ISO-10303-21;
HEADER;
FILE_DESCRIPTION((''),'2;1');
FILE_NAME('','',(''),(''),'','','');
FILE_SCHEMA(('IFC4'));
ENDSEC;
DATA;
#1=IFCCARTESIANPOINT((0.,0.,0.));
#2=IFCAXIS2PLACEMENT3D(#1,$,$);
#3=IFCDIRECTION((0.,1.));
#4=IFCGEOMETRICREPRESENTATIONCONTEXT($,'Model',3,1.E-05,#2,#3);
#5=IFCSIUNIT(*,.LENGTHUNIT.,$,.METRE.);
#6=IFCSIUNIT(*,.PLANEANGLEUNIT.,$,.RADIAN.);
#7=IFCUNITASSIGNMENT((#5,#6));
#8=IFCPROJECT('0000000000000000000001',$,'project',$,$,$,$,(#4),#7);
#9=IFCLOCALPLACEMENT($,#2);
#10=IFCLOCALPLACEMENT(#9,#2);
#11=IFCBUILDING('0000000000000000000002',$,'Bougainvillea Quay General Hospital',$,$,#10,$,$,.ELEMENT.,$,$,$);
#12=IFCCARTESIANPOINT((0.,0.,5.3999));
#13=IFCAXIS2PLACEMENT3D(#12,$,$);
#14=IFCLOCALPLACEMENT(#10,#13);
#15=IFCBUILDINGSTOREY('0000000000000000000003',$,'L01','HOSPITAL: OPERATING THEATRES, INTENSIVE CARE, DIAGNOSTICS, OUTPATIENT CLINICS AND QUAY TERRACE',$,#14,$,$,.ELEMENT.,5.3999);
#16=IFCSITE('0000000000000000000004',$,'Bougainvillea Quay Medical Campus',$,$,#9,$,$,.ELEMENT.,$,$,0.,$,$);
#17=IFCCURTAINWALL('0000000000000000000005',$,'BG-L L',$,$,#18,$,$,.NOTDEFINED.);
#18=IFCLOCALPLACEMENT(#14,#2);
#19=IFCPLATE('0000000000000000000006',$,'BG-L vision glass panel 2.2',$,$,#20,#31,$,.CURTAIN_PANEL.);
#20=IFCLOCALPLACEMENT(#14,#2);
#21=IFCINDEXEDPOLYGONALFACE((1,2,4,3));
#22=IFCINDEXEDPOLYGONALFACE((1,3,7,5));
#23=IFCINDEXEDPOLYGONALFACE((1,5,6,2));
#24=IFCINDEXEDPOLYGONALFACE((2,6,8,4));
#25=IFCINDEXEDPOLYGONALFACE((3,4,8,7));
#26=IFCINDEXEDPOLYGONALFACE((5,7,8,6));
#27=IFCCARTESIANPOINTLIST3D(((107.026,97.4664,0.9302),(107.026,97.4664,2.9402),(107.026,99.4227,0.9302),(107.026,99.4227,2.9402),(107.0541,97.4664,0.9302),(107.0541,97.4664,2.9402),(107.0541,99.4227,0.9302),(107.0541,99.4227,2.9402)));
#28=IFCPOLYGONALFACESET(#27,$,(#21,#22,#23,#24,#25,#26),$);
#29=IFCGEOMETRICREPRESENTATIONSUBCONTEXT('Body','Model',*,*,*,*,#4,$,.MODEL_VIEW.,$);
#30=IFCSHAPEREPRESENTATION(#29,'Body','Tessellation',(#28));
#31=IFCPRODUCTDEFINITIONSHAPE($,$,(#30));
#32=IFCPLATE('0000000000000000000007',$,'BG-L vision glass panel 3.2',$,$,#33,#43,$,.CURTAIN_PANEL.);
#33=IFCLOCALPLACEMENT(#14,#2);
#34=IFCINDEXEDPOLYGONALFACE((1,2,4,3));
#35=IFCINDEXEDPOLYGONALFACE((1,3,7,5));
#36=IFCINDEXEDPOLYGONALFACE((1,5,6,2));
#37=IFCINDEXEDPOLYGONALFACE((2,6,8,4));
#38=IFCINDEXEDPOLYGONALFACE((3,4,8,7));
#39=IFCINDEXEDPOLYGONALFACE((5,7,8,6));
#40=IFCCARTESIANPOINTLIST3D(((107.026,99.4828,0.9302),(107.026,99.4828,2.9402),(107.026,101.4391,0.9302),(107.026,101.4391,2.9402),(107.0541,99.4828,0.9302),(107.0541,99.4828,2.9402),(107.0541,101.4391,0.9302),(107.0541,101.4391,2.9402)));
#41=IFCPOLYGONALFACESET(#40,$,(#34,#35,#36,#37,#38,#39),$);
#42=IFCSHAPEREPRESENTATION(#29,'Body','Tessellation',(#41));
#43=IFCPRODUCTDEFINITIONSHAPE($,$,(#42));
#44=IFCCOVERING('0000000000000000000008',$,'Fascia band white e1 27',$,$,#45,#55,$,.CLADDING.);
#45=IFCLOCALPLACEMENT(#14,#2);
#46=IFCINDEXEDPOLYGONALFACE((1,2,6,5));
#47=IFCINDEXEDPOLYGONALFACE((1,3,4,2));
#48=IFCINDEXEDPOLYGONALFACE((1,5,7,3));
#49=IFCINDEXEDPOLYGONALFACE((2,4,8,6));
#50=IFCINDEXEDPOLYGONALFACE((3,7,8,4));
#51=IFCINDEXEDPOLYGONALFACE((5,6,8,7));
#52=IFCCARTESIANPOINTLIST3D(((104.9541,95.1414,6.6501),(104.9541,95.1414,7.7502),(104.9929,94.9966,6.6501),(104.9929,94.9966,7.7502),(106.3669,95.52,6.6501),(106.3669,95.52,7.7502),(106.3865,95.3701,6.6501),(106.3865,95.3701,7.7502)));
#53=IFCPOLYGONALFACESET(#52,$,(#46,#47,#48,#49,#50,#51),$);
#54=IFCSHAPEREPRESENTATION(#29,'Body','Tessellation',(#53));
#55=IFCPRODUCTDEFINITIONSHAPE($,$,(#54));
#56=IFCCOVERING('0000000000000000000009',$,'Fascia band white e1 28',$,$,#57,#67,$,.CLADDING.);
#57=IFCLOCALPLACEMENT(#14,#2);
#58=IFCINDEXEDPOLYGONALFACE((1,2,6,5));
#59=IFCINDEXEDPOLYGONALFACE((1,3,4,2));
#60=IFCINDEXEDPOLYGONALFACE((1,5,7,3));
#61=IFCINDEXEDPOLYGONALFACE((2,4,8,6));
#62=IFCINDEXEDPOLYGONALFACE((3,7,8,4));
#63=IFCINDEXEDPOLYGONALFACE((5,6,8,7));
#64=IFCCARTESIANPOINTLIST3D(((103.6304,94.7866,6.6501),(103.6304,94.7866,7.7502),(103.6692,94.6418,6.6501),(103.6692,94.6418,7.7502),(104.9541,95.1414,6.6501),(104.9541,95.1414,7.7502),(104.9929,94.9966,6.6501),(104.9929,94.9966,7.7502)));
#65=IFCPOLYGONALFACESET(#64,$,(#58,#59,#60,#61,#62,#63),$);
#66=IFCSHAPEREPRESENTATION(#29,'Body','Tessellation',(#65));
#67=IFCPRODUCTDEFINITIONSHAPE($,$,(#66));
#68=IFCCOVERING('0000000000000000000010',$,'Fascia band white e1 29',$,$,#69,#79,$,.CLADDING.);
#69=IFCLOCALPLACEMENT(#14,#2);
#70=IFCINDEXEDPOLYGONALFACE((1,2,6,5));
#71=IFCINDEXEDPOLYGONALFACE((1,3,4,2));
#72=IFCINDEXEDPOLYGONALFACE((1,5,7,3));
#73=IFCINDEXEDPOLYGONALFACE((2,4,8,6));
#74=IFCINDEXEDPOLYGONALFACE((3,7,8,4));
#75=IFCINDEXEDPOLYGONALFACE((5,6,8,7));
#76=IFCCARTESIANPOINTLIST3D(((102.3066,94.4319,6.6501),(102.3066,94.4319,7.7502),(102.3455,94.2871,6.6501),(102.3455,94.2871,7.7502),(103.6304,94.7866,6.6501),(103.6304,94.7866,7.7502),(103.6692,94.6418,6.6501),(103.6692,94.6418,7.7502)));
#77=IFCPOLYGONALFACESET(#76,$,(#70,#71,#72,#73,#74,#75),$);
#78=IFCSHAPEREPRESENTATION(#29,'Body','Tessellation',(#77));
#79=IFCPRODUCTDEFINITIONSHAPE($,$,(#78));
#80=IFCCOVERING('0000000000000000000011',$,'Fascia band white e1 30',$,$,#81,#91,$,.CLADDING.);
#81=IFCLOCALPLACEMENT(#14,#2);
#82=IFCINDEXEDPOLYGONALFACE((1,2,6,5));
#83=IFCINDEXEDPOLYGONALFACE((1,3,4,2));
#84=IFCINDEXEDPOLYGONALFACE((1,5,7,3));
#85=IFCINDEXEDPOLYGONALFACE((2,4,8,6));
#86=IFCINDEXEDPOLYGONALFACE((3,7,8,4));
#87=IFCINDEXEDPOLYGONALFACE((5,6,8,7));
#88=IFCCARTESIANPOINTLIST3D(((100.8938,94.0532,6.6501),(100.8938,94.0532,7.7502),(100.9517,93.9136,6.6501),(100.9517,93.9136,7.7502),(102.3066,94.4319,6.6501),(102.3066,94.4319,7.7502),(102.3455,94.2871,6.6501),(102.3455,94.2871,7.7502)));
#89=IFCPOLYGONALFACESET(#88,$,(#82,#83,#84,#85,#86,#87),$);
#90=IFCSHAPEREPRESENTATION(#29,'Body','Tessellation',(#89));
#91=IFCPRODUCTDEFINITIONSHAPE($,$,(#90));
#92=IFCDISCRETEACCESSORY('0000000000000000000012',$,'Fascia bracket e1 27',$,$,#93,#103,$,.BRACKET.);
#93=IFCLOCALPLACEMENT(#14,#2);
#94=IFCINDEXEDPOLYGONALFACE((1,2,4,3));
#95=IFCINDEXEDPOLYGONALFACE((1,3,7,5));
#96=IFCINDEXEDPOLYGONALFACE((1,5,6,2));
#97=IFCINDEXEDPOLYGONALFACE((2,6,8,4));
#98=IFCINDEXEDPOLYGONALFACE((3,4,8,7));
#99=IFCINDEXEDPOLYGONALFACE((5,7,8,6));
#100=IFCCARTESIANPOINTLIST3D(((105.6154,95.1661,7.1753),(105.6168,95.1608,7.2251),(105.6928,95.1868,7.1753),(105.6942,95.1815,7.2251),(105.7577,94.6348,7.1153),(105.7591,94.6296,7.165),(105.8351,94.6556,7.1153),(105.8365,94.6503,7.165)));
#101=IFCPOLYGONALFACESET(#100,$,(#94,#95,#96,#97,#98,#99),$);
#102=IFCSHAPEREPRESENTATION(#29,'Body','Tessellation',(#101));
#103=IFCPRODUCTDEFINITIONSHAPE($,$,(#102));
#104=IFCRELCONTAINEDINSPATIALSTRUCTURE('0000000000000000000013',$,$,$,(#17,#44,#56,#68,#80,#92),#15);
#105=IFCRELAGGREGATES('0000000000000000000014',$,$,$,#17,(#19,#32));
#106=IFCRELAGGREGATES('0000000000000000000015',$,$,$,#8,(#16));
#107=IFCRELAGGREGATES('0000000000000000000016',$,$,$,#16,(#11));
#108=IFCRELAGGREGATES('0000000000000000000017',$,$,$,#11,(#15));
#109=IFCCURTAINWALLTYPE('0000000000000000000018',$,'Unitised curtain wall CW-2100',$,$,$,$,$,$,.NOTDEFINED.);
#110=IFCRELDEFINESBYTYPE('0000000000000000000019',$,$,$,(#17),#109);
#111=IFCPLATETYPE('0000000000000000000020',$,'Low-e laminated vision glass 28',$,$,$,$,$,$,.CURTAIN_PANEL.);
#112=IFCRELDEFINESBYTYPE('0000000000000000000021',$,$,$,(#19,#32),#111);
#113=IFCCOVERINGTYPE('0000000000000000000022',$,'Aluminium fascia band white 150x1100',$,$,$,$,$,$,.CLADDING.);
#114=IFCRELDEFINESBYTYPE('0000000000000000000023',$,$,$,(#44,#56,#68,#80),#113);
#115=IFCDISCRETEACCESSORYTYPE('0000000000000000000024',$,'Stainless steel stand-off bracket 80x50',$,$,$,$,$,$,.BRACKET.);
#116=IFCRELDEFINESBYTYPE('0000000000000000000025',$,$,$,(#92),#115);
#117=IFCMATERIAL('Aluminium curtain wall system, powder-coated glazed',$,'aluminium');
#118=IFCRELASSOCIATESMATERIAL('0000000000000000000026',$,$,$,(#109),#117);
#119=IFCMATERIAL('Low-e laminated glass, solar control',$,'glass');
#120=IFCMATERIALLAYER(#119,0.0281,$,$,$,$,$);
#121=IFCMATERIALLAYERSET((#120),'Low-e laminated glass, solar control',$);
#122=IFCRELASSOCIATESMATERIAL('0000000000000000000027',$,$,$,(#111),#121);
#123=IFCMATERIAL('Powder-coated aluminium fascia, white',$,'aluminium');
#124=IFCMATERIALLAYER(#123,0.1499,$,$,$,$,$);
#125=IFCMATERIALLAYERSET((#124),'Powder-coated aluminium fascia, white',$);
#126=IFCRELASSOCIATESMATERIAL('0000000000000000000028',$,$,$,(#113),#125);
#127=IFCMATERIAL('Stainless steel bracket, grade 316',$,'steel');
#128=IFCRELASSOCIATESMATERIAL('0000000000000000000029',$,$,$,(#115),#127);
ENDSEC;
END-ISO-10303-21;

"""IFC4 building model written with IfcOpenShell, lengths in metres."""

from ifc_helpers import new_model, si_unit, direction, frame, origin, origin_2d, place, context, subcontext, project, spatial, polyline, rectangle, outline, extrude, material, layer, layer_set, material_profile, profile_set, type_object, element, aggregate, save


model = new_model("IFC4")

# Units and contexts
model_context = context("Model", 3, precision=1e-05, world=origin(), true_north=direction((0.0, 1.0)))
body_context = subcontext(model_context, "Body", "Model", "MODEL_VIEW")
ifc_project = project(units=[si_unit("LENGTHUNIT", "METRE"), si_unit("PLANEANGLEUNIT", "RADIAN")], contexts=[model_context])

# Site, building, storey
site_placement = place(None, origin())
site = spatial("IfcSite", under=ifc_project, at=site_placement, Name="Bougainvillea Quay Medical Campus", CompositionType="ELEMENT", RefElevation=0.0)
building_placement = place(site_placement, origin())
building = spatial("IfcBuilding", under=site, at=building_placement, Name="Bougainvillea Quay General Hospital", CompositionType="ELEMENT")
storey_placement = place(building_placement, frame((0.0, 0.0, 5.3999)))
storey = spatial("IfcBuildingStorey", under=building, at=storey_placement, Name="L01", Description="HOSPITAL: OPERATING THEATRES, INTENSIVE CARE, DIAGNOSTICS, OUTPATIENT CLINICS AND QUAY TERRACE", CompositionType="ELEMENT", Elevation=5.3999)

# Curtain wall
ifc_material_1 = material(Name="Aluminium curtain wall system, powder-coated glazed", Category="aluminium")
curtain_wall_type_1 = type_object("IfcCurtainWallType", Name="Unitised curtain wall CW-2100", PredefinedType="NOTDEFINED", material=ifc_material_1)
curtain_wall_1_placement = place(storey_placement, origin())
curtain_wall_1 = element("IfcCurtainWall", 1, at=curtain_wall_1_placement, inside=storey, type_object=curtain_wall_type_1, Name="BG-L L", PredefinedType="NOTDEFINED")

# Plates
ifc_material_2 = material(Name="Low-e laminated glass, solar control", Category="glass")
ifc_layer_1 = layer(ifc_material_2, 0.0281)
ifc_layer_set_1 = layer_set([ifc_layer_1], Name="Low-e laminated glass, solar control")
plate_type_1 = type_object("IfcPlateType", Name="Low-e laminated vision glass 28", PredefinedType="CURTAIN_PANEL", material=ifc_layer_set_1)
plate_1_placement = place(storey_placement, frame((107.04, 98.4446, 0.9302), z_axis=(0.0, 0.0, 1.0), x_axis=(0.0, 1.0, 0.0)))
plate_1 = element("IfcPlate", 2, at=plate_1_placement, type_object=plate_type_1, Name="BG-L vision glass panel 2.2", PredefinedType="CURTAIN_PANEL", context=body_context, shape_type="SweptSolid", body=[
    extrude(rectangle(XDim=1.9563, YDim=0.0281, at=origin_2d()), origin(), (0.0, 0.0, 1.0), 2.01),
])
plate_2_placement = place(storey_placement, frame((107.04, 100.4609, 0.9302), z_axis=(0.0, 0.0, 1.0), x_axis=(0.0, 1.0, 0.0)))
plate_2 = element("IfcPlate", 3, at=plate_2_placement, type_object=plate_type_1, Name="BG-L vision glass panel 3.2", PredefinedType="CURTAIN_PANEL", context=body_context, shape_type="SweptSolid", body=[
    extrude(rectangle(XDim=1.9563, YDim=0.0281, at=origin_2d()), origin(), (0.0, 0.0, 1.0), 2.01),
])
aggregate(curtain_wall_1, [plate_1, plate_2])

# Coverings
ifc_material_3 = material(Name="Powder-coated aluminium fascia, white", Category="aluminium")
ifc_layer_2 = layer(ifc_material_3, 0.1499)
ifc_layer_set_2 = layer_set([ifc_layer_2], Name="Powder-coated aluminium fascia, white")
covering_type = type_object("IfcCoveringType", Name="Aluminium fascia band white 150x1100", PredefinedType="CLADDING", material=ifc_layer_set_2)
covering_1_placement = place(storey_placement, frame((106.3865, 95.3701, 6.6501), z_axis=(0.0, 0.0, 1.0), x_axis=(-0.965903, -0.258905, 0.0)))
element("IfcCovering", 4, at=covering_1_placement, inside=storey, type_object=covering_type, Name="Fascia band white e1 27", PredefinedType="CLADDING", context=body_context, shape_type="SweptSolid", body=[
    extrude(outline(polyline([(0.0, 0.0), (1.4427, 0.0), (1.4428, -0.1499), (-0.0199, -0.1498), (0.0, 0.0)])), origin(), (0.0, 0.0, 1.0), 1.1001),
])
for number, where, z_axis, x_axis, name in (
    (5, (104.9929, 94.9966, 6.6501), (0.0, 0.0, 1.0), (-0.965918, -0.258849, 0.0), "Fascia band white e1 28"),
    (6, (103.6692, 94.6418, 6.6501), (0.0, 0.0, 1.0), (-0.965918, -0.258849, 0.0), "Fascia band white e1 29"),
):
    element("IfcCovering", number, at=place(storey_placement, frame(where, z_axis=z_axis, x_axis=x_axis)), inside=storey, type_object=covering_type, Name=name, PredefinedType="CLADDING", context=body_context, shape_type="SweptSolid", body=[
        extrude(outline(polyline([(0.0, 0.0), (1.3704, 0.0), (1.3705, -0.1499), (0.0, -0.1499), (0.0, 0.0)])), origin(), (0.0, 0.0, 1.0), 1.1001),
    ])
covering_2_placement = place(storey_placement, frame((102.3455, 94.2871, 6.6501), z_axis=(0.0, 0.0, 1.0), x_axis=(-0.965914, -0.258863, 0.0)))
element("IfcCovering", 7, at=covering_2_placement, inside=storey, type_object=covering_type, Name="Fascia band white e1 30", PredefinedType="CLADDING", context=body_context, shape_type="SweptSolid", body=[
    extrude(outline(polyline([(0.0, 0.0), (1.443, 0.0), (1.4627, -0.1499), (0.0, -0.1499), (0.0, 0.0)])), origin(), (0.0, 0.0, 1.0), 1.1001),
])

# Discrete accessory
ifc_material_4 = material(Name="Stainless steel bracket, grade 316", Category="steel")
ifc_material_profile_1 = material_profile(ifc_material_4, rectangle(XDim=0.0801, YDim=0.05, at=origin_2d()))
ifc_profile_set_1 = profile_set([ifc_material_profile_1], Name="Stainless steel bracket, grade 316")
discrete_accessory_type = type_object("IfcDiscreteAccessoryType", Name="Stainless steel stand-off bracket 80x50", PredefinedType="BRACKET", material=ifc_profile_set_1)
discrete_accessory_placement = place(storey_placement, frame((105.7971, 94.6426, 7.1401), z_axis=(-0.257266, 0.960224, 0.108555), x_axis=(-0.965932, -0.258795, 0.0)))
element("IfcDiscreteAccessory", 8, at=discrete_accessory_placement, inside=storey, type_object=discrete_accessory_type, Name="Fascia bracket e1 27", PredefinedType="BRACKET", context=body_context, shape_type="SweptSolid", body=[
    extrude(rectangle(XDim=0.0801, YDim=0.05, at=origin_2d()), origin(), (0.0, 0.0, 1.0), 0.5532),
])

save(model, "model.ifc")
